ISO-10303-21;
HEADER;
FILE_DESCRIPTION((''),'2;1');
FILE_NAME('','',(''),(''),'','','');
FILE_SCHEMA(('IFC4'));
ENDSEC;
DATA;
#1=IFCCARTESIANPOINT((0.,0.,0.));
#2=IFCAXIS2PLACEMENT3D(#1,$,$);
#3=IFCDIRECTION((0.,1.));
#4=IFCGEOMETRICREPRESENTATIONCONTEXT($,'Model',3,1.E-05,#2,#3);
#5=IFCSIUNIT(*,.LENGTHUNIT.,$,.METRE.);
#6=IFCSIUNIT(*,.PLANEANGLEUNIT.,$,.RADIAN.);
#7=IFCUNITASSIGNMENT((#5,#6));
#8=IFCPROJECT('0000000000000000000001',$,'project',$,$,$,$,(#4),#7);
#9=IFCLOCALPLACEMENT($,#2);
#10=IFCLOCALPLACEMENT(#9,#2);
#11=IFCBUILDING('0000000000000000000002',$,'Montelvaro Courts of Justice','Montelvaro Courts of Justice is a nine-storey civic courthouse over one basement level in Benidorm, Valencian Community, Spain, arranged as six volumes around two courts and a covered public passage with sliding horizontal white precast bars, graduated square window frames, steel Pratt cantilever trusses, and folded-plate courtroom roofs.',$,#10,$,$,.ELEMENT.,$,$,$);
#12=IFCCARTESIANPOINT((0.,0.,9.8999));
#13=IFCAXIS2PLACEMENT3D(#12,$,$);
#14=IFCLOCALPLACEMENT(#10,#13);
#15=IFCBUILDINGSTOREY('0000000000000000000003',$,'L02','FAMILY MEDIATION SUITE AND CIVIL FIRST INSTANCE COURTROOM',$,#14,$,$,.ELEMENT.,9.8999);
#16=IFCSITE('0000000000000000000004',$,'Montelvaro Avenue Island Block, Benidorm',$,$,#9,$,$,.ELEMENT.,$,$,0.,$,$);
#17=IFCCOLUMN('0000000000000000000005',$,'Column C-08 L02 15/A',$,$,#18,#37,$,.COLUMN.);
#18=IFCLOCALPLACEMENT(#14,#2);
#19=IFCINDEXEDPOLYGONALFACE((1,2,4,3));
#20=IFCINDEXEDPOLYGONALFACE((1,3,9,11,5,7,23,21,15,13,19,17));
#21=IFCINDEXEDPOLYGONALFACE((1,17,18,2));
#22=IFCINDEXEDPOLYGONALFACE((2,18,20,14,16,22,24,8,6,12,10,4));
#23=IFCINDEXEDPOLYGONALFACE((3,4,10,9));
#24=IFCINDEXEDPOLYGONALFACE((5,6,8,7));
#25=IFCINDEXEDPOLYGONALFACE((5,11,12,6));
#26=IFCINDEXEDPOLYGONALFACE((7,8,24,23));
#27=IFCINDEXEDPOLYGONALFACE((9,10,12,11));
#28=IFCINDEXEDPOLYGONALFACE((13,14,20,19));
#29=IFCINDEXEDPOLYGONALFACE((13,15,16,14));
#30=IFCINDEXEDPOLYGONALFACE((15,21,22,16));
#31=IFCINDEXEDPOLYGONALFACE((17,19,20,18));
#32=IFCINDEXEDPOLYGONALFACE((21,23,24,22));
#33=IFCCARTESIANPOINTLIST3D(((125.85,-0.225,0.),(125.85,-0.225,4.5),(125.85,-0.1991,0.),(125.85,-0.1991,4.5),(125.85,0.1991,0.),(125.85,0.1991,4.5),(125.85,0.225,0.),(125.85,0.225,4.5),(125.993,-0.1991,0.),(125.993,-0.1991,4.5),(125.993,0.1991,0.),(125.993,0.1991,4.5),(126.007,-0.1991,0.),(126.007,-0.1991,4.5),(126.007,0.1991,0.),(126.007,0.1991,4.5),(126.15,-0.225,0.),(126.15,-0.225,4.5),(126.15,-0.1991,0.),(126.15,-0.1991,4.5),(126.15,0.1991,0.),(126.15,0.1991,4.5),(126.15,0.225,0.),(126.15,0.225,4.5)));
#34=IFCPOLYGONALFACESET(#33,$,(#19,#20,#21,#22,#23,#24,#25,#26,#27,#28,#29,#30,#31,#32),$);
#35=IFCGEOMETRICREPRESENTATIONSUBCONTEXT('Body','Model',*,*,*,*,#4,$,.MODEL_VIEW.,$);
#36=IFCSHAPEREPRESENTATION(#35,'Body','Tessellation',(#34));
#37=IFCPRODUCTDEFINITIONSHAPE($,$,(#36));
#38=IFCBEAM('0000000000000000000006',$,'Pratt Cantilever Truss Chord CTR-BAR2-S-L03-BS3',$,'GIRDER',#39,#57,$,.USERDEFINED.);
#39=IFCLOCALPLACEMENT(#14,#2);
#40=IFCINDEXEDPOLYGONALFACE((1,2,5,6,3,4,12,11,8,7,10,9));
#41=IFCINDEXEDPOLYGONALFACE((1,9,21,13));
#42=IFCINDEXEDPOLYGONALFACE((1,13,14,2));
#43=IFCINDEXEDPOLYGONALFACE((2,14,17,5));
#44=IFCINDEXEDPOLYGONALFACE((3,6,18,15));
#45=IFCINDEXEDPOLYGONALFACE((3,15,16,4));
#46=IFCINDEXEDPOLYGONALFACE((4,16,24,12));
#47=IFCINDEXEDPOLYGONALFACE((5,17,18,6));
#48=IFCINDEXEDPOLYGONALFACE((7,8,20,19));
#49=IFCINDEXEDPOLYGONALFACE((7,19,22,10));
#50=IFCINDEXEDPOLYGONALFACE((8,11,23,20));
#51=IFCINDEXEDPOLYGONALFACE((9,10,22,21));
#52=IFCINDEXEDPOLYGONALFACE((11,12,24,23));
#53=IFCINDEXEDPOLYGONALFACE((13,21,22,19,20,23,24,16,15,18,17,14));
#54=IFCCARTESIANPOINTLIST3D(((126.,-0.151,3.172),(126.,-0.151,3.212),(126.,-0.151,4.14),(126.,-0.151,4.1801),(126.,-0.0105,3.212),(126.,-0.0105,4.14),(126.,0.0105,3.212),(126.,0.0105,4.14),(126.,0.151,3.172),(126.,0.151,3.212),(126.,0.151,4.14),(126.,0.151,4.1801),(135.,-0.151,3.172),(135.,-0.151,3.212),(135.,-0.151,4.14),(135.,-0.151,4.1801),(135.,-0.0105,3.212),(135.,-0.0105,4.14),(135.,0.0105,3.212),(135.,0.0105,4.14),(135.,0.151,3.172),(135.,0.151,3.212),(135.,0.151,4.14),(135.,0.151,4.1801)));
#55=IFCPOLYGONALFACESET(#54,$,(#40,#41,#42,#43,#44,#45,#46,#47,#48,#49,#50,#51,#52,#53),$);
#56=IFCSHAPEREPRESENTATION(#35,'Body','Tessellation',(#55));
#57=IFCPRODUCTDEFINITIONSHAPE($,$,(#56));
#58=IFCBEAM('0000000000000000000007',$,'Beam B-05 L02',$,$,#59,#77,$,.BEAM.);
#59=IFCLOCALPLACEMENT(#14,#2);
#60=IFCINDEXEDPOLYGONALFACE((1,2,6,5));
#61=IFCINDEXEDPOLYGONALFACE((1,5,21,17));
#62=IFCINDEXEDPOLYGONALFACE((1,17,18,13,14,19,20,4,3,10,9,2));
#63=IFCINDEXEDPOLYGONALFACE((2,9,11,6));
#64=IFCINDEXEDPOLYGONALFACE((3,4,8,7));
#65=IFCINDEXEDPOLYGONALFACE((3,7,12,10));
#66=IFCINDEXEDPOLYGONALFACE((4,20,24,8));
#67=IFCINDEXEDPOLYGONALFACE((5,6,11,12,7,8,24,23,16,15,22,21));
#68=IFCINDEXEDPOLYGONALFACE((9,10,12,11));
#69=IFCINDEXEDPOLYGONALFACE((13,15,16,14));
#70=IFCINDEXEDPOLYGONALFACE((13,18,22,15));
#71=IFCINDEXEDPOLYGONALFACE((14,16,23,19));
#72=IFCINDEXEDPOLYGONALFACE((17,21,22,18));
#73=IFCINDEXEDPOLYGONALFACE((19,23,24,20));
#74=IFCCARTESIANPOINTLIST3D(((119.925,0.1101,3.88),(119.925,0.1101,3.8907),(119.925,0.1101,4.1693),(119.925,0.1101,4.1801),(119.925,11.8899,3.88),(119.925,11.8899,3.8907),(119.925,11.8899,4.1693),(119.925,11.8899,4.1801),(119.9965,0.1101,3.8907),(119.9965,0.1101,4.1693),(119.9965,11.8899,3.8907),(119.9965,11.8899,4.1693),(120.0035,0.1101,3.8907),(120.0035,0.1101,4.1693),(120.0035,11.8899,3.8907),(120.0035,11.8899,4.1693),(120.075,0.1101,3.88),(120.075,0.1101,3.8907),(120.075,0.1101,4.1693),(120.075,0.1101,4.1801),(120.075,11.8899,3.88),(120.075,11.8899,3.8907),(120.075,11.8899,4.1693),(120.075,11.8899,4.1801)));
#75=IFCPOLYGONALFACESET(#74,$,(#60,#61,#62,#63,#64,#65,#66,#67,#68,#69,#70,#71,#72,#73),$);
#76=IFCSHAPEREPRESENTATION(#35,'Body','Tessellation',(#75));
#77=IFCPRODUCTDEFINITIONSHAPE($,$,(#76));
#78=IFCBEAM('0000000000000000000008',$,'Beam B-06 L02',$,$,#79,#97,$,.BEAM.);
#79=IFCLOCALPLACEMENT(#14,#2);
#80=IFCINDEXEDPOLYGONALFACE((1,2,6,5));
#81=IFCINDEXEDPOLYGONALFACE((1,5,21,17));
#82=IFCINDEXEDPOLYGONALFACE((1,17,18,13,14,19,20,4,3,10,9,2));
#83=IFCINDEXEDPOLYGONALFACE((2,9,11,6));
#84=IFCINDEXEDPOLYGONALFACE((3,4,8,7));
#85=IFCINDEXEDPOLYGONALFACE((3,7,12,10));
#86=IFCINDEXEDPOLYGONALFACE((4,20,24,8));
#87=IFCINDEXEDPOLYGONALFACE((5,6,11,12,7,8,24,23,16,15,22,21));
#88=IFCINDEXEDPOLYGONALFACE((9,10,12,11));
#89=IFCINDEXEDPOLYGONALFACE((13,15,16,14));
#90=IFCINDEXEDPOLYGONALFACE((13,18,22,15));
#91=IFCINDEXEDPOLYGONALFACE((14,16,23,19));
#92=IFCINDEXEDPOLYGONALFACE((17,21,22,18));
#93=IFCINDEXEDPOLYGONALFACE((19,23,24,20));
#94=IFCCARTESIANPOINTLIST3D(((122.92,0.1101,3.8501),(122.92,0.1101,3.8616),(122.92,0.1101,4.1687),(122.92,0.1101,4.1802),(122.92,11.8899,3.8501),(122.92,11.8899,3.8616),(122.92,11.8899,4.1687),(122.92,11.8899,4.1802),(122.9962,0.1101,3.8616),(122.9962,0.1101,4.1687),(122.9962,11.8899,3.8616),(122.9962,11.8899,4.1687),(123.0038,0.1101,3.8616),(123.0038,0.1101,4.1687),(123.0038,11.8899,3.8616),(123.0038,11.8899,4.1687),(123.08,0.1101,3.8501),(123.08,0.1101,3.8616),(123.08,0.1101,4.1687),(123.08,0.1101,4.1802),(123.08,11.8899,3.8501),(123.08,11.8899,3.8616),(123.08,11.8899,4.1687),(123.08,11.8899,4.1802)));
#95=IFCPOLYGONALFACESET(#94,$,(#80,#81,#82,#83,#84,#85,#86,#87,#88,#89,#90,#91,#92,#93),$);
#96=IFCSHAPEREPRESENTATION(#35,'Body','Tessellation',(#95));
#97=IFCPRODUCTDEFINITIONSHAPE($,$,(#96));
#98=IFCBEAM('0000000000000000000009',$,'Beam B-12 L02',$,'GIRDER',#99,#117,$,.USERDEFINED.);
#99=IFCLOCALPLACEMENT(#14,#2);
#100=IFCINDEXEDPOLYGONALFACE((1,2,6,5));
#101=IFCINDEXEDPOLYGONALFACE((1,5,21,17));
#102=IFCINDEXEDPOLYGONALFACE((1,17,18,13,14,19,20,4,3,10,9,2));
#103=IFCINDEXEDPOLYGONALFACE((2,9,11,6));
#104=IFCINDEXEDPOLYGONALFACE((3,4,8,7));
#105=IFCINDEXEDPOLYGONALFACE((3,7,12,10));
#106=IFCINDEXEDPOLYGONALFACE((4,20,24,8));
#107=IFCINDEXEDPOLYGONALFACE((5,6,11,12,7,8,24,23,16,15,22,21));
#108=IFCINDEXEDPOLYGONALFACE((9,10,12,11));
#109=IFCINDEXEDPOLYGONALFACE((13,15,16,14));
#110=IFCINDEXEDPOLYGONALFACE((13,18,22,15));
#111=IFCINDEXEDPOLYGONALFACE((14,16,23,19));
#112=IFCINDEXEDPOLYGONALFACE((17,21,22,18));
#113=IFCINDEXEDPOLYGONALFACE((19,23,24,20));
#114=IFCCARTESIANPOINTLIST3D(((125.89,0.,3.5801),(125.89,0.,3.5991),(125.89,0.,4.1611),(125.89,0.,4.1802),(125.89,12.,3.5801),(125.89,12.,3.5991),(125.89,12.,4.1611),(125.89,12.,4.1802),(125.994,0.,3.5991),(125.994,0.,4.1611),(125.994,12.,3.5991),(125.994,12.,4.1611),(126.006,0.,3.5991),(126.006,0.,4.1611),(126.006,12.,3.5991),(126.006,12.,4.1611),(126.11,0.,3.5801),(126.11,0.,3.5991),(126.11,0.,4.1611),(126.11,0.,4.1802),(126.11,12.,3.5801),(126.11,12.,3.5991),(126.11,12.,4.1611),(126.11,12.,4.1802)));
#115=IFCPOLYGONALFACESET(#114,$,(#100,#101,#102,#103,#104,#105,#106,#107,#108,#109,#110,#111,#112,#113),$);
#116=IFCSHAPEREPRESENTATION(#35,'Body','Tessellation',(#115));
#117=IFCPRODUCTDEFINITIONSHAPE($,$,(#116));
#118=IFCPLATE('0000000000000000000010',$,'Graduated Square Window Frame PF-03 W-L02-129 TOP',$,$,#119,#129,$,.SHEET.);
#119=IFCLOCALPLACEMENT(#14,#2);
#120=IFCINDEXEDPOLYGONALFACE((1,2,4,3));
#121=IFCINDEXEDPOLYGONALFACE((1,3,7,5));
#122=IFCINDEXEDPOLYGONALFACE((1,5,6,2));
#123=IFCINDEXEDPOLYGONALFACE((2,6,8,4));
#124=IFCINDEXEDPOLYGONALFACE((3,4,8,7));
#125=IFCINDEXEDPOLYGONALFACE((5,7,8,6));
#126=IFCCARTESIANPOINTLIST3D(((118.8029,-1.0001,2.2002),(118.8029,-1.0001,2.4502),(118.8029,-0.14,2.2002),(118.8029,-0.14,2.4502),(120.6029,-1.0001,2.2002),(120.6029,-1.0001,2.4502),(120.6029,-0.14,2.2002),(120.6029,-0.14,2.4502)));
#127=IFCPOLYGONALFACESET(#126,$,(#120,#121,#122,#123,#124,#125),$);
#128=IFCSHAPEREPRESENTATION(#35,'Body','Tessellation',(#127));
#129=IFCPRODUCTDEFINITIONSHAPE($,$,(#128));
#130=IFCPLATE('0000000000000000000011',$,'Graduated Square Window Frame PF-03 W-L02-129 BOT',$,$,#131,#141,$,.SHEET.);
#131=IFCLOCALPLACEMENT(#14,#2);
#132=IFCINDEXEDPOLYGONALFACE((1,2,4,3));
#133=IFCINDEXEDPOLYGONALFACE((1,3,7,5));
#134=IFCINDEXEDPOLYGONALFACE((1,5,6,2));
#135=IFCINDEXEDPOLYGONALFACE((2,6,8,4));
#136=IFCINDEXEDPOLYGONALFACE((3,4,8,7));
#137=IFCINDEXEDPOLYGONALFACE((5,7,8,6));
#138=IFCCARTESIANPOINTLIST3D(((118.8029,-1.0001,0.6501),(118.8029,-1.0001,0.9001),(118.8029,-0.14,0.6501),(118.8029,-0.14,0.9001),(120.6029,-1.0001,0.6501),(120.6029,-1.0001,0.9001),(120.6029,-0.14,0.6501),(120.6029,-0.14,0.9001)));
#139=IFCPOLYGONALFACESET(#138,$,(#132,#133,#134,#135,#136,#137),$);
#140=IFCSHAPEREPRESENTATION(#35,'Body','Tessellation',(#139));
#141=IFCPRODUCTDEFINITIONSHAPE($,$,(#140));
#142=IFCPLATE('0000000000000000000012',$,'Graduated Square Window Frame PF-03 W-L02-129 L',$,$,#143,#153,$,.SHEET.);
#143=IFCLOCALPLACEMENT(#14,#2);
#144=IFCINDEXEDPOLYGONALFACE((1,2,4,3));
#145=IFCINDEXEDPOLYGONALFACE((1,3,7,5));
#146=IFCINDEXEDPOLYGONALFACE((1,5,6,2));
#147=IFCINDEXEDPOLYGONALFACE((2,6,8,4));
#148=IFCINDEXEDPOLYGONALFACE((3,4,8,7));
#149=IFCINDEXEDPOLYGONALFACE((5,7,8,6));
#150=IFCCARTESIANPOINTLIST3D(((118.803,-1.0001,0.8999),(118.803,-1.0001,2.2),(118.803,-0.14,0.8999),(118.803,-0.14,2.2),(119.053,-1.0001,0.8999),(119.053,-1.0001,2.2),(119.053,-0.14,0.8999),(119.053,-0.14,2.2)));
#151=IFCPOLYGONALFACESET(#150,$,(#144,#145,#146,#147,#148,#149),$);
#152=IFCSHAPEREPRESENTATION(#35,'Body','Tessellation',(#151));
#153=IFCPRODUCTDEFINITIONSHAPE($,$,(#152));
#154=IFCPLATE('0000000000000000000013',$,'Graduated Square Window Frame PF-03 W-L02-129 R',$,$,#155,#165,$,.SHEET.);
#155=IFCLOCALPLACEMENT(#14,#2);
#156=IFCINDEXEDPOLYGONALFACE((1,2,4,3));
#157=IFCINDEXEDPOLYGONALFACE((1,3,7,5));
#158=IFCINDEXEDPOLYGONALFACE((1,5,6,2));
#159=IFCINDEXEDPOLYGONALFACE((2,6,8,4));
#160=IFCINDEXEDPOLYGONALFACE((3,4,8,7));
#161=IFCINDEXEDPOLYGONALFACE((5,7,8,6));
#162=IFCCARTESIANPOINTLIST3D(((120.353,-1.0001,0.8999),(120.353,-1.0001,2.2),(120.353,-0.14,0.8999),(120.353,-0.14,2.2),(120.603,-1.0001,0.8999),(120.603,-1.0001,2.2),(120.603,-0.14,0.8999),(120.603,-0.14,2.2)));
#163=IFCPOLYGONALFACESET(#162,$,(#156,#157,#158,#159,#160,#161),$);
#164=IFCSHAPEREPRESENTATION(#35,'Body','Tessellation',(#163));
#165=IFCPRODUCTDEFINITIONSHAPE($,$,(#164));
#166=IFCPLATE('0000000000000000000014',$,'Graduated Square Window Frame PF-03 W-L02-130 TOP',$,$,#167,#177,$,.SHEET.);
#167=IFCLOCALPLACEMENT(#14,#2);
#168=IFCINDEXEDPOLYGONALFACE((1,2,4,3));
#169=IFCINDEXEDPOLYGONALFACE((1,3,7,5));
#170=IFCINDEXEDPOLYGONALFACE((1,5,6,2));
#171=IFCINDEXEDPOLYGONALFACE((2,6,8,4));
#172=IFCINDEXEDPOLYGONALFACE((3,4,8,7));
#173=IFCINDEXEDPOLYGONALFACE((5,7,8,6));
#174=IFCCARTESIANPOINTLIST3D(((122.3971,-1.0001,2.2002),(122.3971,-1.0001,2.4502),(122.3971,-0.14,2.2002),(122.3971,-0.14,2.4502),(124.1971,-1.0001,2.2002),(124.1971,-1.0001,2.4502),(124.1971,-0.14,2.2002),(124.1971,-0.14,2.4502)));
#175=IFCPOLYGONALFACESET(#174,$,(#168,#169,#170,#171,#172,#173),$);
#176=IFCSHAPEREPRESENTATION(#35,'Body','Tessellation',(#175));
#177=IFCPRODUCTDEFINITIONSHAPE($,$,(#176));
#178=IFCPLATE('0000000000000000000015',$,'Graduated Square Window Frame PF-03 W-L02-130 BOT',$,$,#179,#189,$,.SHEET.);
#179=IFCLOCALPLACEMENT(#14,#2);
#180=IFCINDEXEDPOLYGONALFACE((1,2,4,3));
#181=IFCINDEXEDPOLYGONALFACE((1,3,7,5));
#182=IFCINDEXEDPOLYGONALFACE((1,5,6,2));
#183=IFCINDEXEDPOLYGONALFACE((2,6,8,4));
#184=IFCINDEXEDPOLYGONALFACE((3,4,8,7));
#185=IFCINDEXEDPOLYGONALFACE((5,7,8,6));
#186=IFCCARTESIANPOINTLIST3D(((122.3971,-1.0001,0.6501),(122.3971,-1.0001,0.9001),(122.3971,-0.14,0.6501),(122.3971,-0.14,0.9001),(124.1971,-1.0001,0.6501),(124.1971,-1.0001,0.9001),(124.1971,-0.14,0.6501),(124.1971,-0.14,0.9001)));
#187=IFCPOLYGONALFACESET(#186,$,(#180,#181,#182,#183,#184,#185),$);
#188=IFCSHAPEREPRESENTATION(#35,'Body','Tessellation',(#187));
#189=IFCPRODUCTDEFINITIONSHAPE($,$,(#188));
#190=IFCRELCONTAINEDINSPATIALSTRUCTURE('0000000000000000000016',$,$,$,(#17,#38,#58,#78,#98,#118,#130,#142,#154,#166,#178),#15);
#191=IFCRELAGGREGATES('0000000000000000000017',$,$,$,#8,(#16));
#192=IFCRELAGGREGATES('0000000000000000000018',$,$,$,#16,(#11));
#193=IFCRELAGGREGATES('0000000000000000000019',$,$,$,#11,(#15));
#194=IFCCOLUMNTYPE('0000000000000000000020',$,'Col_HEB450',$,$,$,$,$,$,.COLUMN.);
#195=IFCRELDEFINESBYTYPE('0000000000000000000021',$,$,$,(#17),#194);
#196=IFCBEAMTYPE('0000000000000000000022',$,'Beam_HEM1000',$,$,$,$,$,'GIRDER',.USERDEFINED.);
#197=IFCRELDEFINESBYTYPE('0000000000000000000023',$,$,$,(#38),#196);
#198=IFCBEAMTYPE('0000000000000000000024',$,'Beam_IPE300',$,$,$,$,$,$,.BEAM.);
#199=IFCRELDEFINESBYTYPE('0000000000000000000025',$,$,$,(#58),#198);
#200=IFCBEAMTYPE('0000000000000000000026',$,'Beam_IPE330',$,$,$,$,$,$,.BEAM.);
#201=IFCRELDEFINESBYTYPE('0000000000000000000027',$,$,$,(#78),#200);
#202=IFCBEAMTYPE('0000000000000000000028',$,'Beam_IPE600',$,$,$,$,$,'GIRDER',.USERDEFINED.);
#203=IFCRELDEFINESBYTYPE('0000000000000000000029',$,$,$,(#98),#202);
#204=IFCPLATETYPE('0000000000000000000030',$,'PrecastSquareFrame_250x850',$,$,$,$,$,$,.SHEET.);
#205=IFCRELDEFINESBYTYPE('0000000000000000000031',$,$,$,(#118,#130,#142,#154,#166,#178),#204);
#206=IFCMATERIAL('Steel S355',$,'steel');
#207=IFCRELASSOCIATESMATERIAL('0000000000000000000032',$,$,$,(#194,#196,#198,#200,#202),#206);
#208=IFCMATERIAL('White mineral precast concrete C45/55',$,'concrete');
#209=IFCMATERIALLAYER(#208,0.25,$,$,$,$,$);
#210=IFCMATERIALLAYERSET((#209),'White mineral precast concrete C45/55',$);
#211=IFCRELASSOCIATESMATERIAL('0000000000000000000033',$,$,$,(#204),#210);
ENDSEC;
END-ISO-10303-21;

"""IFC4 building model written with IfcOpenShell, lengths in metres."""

from ifc_helpers import new_model, si_unit, direction, frame, origin, origin_2d, place, context, subcontext, project, spatial, rectangle, i_section, extrude, material, layer, layer_set, material_profile, profile_set, type_object, element, save


model = new_model("IFC4")

# Units and contexts
model_context = context("Model", 3, precision=1e-05, world=origin(), true_north=direction((0.0, 1.0)))
body_context = subcontext(model_context, "Body", "Model", "MODEL_VIEW")
ifc_project = project(units=[si_unit("LENGTHUNIT", "METRE"), si_unit("PLANEANGLEUNIT", "RADIAN")], contexts=[model_context])

# Site, building, storey
site_placement = place(None, origin())
site = spatial("IfcSite", under=ifc_project, at=site_placement, Name="Montelvaro Avenue Island Block, Benidorm", CompositionType="ELEMENT", RefElevation=0.0)
building_placement = place(site_placement, origin())
building = spatial("IfcBuilding", under=site, at=building_placement, Name="Montelvaro Courts of Justice", Description="Montelvaro Courts of Justice is a nine-storey civic courthouse over one basement level in Benidorm, Valencian Community, Spain, arranged as six volumes around two courts and a covered public passage with sliding horizontal white precast bars, graduated square window frames, steel Pratt cantilever trusses, and folded-plate courtroom roofs.", CompositionType="ELEMENT")
storey_placement = place(building_placement, frame((0.0, 0.0, 9.8999)))
storey = spatial("IfcBuildingStorey", under=building, at=storey_placement, Name="L02", Description="FAMILY MEDIATION SUITE AND CIVIL FIRST INSTANCE COURTROOM", CompositionType="ELEMENT", Elevation=9.8999)

# Column
ifc_material_1 = material(Name="Steel S355", Category="steel")
ifc_material_profile_1 = material_profile(ifc_material_1, i_section(OverallWidth=0.3, OverallDepth=0.45, WebThickness=0.0139, FlangeThickness=0.0259, at=origin_2d()), Name="HEB 450")
ifc_profile_set_1 = profile_set([ifc_material_profile_1], Name="Steel S355")
column_type = type_object("IfcColumnType", Name="Col_HEB450", PredefinedType="COLUMN", material=ifc_profile_set_1)
column_placement = place(storey_placement, frame((126.0, 0.0, 0.0), z_axis=(0.0, 0.0, 1.0), x_axis=(1.0, 0.0, 0.0)))
element("IfcColumn", 1, at=column_placement, inside=storey, type_object=column_type, Name="Column C-08 L02 15/A", PredefinedType="COLUMN", context=body_context, shape_type="SweptSolid", body=[
    extrude(i_section(OverallWidth=0.3, OverallDepth=0.45, WebThickness=0.0139, FlangeThickness=0.0259, at=origin_2d()), origin(), (0.0, 0.0, 1.0), 4.5),
])

# Beams
ifc_material_profile_2 = material_profile(ifc_material_1, i_section(OverallWidth=0.302, OverallDepth=1.0081, WebThickness=0.021, FlangeThickness=0.04, at=origin_2d()), Name="HEM 1000")
ifc_profile_set_2 = profile_set([ifc_material_profile_2], Name="Steel S355")
beam_type_1 = type_object("IfcBeamType", Name="Beam_HEM1000", ElementType="GIRDER", PredefinedType="USERDEFINED", material=ifc_profile_set_2)
beam_1_placement = place(storey_placement, frame((126.0, 0.0, 3.676), z_axis=(1.0, 0.0, 0.0), x_axis=(0.0, 1.0, 0.0)))
element("IfcBeam", 2, at=beam_1_placement, inside=storey, type_object=beam_type_1, Name="Pratt Cantilever Truss Chord CTR-BAR2-S-L03-BS3", ObjectType="GIRDER", PredefinedType="USERDEFINED", context=body_context, shape_type="SweptSolid", body=[
    extrude(i_section(OverallWidth=0.302, OverallDepth=1.0081, WebThickness=0.021, FlangeThickness=0.04, at=origin_2d()), origin(), (0.0, 0.0, 1.0), 9.0),
])
ifc_material_profile_3 = material_profile(ifc_material_1, i_section(OverallWidth=0.1499, OverallDepth=0.3, WebThickness=0.0071, FlangeThickness=0.0107, at=origin_2d()), Name="IPE 300")
ifc_profile_set_3 = profile_set([ifc_material_profile_3], Name="Steel S355")
beam_type_2 = type_object("IfcBeamType", Name="Beam_IPE300", PredefinedType="BEAM", material=ifc_profile_set_3)
beam_2_placement = place(storey_placement, frame((120.0, 0.1101, 4.03), z_axis=(0.0, 1.0, 0.0), x_axis=(-1.0, 0.0, 0.0)))
element("IfcBeam", 3, at=beam_2_placement, inside=storey, type_object=beam_type_2, Name="Beam B-05 L02", PredefinedType="BEAM", context=body_context, shape_type="SweptSolid", body=[
    extrude(i_section(OverallWidth=0.1499, OverallDepth=0.3, WebThickness=0.0071, FlangeThickness=0.0107, at=origin_2d()), origin(), (0.0, 0.0, 1.0), 11.7798),
])
ifc_material_profile_4 = material_profile(ifc_material_1, i_section(OverallWidth=0.1599, OverallDepth=0.3301, WebThickness=0.0076, FlangeThickness=0.0115, at=origin_2d()), Name="IPE 330")
ifc_profile_set_4 = profile_set([ifc_material_profile_4], Name="Steel S355")
beam_type_3 = type_object("IfcBeamType", Name="Beam_IPE330", PredefinedType="BEAM", material=ifc_profile_set_4)
beam_3_placement = place(storey_placement, frame((123.0, 0.1101, 4.0151), z_axis=(0.0, 1.0, 0.0), x_axis=(-1.0, 0.0, 0.0)))
element("IfcBeam", 4, at=beam_3_placement, inside=storey, type_object=beam_type_3, Name="Beam B-06 L02", PredefinedType="BEAM", context=body_context, shape_type="SweptSolid", body=[
    extrude(i_section(OverallWidth=0.1599, OverallDepth=0.3301, WebThickness=0.0076, FlangeThickness=0.0115, at=origin_2d()), origin(), (0.0, 0.0, 1.0), 11.7798),
])
ifc_material_profile_5 = material_profile(ifc_material_1, i_section(OverallWidth=0.22, OverallDepth=0.6001, WebThickness=0.012, FlangeThickness=0.019, at=origin_2d()), Name="IPE 600")
ifc_profile_set_5 = profile_set([ifc_material_profile_5], Name="Steel S355")
beam_type_4 = type_object("IfcBeamType", Name="Beam_IPE600", ElementType="GIRDER", PredefinedType="USERDEFINED", material=ifc_profile_set_5)
beam_4_placement = place(storey_placement, frame((126.0, 0.0, 3.8801), z_axis=(0.0, 1.0, 0.0), x_axis=(-1.0, 0.0, 0.0)))
element("IfcBeam", 5, at=beam_4_placement, inside=storey, type_object=beam_type_4, Name="Beam B-12 L02", ObjectType="GIRDER", PredefinedType="USERDEFINED", context=body_context, shape_type="SweptSolid", body=[
    extrude(i_section(OverallWidth=0.22, OverallDepth=0.6001, WebThickness=0.012, FlangeThickness=0.019, at=origin_2d()), origin(), (0.0, 0.0, 1.0), 12.0),
])

# Plates
ifc_material_2 = material(Name="White mineral precast concrete C45/55", Category="concrete")
ifc_layer_1 = layer(ifc_material_2, 0.25)
ifc_layer_set_1 = layer_set([ifc_layer_1], Name="White mineral precast concrete C45/55")
plate_type = type_object("IfcPlateType", Name="PrecastSquareFrame_250x850", PredefinedType="SHEET", material=ifc_layer_set_1)
for number, where, z_axis, x_axis, name in (
    (6, (119.7029, -0.5701, 2.2002), (0.0, 0.0, 1.0), (1.0, 0.0, 0.0), "Graduated Square Window Frame PF-03 W-L02-129 TOP"),
    (7, (119.7029, -0.5701, 0.6501), (0.0, 0.0, 1.0), (1.0, 0.0, 0.0), "Graduated Square Window Frame PF-03 W-L02-129 BOT"),
):
    element("IfcPlate", number, at=place(storey_placement, frame(where, z_axis=z_axis, x_axis=x_axis)), inside=storey, type_object=plate_type, Name=name, PredefinedType="SHEET", context=body_context, shape_type="SweptSolid", body=[
        extrude(rectangle(XDim=1.8, YDim=0.8601, at=origin_2d()), origin(), (0.0, 0.0, 1.0), 0.25),
    ])
for number, where, z_axis, x_axis, name in (
    (8, (118.928, -0.5701, 0.8999), (0.0, 0.0, 1.0), (1.0, 0.0, 0.0), "Graduated Square Window Frame PF-03 W-L02-129 L"),
    (9, (120.478, -0.5701, 0.8999), (0.0, 0.0, 1.0), (1.0, 0.0, 0.0), "Graduated Square Window Frame PF-03 W-L02-129 R"),
):
    element("IfcPlate", number, at=place(storey_placement, frame(where, z_axis=z_axis, x_axis=x_axis)), inside=storey, type_object=plate_type, Name=name, PredefinedType="SHEET", context=body_context, shape_type="SweptSolid", body=[
        extrude(rectangle(XDim=0.25, YDim=0.8601, at=origin_2d()), origin(), (0.0, 0.0, 1.0), 1.3),
    ])
for number, where, z_axis, x_axis, name in (
    (10, (123.2971, -0.5701, 2.2002), (0.0, 0.0, 1.0), (1.0, 0.0, 0.0), "Graduated Square Window Frame PF-03 W-L02-130 TOP"),
    (11, (123.2971, -0.5701, 0.6501), (0.0, 0.0, 1.0), (1.0, 0.0, 0.0), "Graduated Square Window Frame PF-03 W-L02-130 BOT"),
):
    element("IfcPlate", number, at=place(storey_placement, frame(where, z_axis=z_axis, x_axis=x_axis)), inside=storey, type_object=plate_type, Name=name, PredefinedType="SHEET", context=body_context, shape_type="SweptSolid", body=[
        extrude(rectangle(XDim=1.8, YDim=0.8601, at=origin_2d()), origin(), (0.0, 0.0, 1.0), 0.25),
    ])

save(model, "model.ifc")
